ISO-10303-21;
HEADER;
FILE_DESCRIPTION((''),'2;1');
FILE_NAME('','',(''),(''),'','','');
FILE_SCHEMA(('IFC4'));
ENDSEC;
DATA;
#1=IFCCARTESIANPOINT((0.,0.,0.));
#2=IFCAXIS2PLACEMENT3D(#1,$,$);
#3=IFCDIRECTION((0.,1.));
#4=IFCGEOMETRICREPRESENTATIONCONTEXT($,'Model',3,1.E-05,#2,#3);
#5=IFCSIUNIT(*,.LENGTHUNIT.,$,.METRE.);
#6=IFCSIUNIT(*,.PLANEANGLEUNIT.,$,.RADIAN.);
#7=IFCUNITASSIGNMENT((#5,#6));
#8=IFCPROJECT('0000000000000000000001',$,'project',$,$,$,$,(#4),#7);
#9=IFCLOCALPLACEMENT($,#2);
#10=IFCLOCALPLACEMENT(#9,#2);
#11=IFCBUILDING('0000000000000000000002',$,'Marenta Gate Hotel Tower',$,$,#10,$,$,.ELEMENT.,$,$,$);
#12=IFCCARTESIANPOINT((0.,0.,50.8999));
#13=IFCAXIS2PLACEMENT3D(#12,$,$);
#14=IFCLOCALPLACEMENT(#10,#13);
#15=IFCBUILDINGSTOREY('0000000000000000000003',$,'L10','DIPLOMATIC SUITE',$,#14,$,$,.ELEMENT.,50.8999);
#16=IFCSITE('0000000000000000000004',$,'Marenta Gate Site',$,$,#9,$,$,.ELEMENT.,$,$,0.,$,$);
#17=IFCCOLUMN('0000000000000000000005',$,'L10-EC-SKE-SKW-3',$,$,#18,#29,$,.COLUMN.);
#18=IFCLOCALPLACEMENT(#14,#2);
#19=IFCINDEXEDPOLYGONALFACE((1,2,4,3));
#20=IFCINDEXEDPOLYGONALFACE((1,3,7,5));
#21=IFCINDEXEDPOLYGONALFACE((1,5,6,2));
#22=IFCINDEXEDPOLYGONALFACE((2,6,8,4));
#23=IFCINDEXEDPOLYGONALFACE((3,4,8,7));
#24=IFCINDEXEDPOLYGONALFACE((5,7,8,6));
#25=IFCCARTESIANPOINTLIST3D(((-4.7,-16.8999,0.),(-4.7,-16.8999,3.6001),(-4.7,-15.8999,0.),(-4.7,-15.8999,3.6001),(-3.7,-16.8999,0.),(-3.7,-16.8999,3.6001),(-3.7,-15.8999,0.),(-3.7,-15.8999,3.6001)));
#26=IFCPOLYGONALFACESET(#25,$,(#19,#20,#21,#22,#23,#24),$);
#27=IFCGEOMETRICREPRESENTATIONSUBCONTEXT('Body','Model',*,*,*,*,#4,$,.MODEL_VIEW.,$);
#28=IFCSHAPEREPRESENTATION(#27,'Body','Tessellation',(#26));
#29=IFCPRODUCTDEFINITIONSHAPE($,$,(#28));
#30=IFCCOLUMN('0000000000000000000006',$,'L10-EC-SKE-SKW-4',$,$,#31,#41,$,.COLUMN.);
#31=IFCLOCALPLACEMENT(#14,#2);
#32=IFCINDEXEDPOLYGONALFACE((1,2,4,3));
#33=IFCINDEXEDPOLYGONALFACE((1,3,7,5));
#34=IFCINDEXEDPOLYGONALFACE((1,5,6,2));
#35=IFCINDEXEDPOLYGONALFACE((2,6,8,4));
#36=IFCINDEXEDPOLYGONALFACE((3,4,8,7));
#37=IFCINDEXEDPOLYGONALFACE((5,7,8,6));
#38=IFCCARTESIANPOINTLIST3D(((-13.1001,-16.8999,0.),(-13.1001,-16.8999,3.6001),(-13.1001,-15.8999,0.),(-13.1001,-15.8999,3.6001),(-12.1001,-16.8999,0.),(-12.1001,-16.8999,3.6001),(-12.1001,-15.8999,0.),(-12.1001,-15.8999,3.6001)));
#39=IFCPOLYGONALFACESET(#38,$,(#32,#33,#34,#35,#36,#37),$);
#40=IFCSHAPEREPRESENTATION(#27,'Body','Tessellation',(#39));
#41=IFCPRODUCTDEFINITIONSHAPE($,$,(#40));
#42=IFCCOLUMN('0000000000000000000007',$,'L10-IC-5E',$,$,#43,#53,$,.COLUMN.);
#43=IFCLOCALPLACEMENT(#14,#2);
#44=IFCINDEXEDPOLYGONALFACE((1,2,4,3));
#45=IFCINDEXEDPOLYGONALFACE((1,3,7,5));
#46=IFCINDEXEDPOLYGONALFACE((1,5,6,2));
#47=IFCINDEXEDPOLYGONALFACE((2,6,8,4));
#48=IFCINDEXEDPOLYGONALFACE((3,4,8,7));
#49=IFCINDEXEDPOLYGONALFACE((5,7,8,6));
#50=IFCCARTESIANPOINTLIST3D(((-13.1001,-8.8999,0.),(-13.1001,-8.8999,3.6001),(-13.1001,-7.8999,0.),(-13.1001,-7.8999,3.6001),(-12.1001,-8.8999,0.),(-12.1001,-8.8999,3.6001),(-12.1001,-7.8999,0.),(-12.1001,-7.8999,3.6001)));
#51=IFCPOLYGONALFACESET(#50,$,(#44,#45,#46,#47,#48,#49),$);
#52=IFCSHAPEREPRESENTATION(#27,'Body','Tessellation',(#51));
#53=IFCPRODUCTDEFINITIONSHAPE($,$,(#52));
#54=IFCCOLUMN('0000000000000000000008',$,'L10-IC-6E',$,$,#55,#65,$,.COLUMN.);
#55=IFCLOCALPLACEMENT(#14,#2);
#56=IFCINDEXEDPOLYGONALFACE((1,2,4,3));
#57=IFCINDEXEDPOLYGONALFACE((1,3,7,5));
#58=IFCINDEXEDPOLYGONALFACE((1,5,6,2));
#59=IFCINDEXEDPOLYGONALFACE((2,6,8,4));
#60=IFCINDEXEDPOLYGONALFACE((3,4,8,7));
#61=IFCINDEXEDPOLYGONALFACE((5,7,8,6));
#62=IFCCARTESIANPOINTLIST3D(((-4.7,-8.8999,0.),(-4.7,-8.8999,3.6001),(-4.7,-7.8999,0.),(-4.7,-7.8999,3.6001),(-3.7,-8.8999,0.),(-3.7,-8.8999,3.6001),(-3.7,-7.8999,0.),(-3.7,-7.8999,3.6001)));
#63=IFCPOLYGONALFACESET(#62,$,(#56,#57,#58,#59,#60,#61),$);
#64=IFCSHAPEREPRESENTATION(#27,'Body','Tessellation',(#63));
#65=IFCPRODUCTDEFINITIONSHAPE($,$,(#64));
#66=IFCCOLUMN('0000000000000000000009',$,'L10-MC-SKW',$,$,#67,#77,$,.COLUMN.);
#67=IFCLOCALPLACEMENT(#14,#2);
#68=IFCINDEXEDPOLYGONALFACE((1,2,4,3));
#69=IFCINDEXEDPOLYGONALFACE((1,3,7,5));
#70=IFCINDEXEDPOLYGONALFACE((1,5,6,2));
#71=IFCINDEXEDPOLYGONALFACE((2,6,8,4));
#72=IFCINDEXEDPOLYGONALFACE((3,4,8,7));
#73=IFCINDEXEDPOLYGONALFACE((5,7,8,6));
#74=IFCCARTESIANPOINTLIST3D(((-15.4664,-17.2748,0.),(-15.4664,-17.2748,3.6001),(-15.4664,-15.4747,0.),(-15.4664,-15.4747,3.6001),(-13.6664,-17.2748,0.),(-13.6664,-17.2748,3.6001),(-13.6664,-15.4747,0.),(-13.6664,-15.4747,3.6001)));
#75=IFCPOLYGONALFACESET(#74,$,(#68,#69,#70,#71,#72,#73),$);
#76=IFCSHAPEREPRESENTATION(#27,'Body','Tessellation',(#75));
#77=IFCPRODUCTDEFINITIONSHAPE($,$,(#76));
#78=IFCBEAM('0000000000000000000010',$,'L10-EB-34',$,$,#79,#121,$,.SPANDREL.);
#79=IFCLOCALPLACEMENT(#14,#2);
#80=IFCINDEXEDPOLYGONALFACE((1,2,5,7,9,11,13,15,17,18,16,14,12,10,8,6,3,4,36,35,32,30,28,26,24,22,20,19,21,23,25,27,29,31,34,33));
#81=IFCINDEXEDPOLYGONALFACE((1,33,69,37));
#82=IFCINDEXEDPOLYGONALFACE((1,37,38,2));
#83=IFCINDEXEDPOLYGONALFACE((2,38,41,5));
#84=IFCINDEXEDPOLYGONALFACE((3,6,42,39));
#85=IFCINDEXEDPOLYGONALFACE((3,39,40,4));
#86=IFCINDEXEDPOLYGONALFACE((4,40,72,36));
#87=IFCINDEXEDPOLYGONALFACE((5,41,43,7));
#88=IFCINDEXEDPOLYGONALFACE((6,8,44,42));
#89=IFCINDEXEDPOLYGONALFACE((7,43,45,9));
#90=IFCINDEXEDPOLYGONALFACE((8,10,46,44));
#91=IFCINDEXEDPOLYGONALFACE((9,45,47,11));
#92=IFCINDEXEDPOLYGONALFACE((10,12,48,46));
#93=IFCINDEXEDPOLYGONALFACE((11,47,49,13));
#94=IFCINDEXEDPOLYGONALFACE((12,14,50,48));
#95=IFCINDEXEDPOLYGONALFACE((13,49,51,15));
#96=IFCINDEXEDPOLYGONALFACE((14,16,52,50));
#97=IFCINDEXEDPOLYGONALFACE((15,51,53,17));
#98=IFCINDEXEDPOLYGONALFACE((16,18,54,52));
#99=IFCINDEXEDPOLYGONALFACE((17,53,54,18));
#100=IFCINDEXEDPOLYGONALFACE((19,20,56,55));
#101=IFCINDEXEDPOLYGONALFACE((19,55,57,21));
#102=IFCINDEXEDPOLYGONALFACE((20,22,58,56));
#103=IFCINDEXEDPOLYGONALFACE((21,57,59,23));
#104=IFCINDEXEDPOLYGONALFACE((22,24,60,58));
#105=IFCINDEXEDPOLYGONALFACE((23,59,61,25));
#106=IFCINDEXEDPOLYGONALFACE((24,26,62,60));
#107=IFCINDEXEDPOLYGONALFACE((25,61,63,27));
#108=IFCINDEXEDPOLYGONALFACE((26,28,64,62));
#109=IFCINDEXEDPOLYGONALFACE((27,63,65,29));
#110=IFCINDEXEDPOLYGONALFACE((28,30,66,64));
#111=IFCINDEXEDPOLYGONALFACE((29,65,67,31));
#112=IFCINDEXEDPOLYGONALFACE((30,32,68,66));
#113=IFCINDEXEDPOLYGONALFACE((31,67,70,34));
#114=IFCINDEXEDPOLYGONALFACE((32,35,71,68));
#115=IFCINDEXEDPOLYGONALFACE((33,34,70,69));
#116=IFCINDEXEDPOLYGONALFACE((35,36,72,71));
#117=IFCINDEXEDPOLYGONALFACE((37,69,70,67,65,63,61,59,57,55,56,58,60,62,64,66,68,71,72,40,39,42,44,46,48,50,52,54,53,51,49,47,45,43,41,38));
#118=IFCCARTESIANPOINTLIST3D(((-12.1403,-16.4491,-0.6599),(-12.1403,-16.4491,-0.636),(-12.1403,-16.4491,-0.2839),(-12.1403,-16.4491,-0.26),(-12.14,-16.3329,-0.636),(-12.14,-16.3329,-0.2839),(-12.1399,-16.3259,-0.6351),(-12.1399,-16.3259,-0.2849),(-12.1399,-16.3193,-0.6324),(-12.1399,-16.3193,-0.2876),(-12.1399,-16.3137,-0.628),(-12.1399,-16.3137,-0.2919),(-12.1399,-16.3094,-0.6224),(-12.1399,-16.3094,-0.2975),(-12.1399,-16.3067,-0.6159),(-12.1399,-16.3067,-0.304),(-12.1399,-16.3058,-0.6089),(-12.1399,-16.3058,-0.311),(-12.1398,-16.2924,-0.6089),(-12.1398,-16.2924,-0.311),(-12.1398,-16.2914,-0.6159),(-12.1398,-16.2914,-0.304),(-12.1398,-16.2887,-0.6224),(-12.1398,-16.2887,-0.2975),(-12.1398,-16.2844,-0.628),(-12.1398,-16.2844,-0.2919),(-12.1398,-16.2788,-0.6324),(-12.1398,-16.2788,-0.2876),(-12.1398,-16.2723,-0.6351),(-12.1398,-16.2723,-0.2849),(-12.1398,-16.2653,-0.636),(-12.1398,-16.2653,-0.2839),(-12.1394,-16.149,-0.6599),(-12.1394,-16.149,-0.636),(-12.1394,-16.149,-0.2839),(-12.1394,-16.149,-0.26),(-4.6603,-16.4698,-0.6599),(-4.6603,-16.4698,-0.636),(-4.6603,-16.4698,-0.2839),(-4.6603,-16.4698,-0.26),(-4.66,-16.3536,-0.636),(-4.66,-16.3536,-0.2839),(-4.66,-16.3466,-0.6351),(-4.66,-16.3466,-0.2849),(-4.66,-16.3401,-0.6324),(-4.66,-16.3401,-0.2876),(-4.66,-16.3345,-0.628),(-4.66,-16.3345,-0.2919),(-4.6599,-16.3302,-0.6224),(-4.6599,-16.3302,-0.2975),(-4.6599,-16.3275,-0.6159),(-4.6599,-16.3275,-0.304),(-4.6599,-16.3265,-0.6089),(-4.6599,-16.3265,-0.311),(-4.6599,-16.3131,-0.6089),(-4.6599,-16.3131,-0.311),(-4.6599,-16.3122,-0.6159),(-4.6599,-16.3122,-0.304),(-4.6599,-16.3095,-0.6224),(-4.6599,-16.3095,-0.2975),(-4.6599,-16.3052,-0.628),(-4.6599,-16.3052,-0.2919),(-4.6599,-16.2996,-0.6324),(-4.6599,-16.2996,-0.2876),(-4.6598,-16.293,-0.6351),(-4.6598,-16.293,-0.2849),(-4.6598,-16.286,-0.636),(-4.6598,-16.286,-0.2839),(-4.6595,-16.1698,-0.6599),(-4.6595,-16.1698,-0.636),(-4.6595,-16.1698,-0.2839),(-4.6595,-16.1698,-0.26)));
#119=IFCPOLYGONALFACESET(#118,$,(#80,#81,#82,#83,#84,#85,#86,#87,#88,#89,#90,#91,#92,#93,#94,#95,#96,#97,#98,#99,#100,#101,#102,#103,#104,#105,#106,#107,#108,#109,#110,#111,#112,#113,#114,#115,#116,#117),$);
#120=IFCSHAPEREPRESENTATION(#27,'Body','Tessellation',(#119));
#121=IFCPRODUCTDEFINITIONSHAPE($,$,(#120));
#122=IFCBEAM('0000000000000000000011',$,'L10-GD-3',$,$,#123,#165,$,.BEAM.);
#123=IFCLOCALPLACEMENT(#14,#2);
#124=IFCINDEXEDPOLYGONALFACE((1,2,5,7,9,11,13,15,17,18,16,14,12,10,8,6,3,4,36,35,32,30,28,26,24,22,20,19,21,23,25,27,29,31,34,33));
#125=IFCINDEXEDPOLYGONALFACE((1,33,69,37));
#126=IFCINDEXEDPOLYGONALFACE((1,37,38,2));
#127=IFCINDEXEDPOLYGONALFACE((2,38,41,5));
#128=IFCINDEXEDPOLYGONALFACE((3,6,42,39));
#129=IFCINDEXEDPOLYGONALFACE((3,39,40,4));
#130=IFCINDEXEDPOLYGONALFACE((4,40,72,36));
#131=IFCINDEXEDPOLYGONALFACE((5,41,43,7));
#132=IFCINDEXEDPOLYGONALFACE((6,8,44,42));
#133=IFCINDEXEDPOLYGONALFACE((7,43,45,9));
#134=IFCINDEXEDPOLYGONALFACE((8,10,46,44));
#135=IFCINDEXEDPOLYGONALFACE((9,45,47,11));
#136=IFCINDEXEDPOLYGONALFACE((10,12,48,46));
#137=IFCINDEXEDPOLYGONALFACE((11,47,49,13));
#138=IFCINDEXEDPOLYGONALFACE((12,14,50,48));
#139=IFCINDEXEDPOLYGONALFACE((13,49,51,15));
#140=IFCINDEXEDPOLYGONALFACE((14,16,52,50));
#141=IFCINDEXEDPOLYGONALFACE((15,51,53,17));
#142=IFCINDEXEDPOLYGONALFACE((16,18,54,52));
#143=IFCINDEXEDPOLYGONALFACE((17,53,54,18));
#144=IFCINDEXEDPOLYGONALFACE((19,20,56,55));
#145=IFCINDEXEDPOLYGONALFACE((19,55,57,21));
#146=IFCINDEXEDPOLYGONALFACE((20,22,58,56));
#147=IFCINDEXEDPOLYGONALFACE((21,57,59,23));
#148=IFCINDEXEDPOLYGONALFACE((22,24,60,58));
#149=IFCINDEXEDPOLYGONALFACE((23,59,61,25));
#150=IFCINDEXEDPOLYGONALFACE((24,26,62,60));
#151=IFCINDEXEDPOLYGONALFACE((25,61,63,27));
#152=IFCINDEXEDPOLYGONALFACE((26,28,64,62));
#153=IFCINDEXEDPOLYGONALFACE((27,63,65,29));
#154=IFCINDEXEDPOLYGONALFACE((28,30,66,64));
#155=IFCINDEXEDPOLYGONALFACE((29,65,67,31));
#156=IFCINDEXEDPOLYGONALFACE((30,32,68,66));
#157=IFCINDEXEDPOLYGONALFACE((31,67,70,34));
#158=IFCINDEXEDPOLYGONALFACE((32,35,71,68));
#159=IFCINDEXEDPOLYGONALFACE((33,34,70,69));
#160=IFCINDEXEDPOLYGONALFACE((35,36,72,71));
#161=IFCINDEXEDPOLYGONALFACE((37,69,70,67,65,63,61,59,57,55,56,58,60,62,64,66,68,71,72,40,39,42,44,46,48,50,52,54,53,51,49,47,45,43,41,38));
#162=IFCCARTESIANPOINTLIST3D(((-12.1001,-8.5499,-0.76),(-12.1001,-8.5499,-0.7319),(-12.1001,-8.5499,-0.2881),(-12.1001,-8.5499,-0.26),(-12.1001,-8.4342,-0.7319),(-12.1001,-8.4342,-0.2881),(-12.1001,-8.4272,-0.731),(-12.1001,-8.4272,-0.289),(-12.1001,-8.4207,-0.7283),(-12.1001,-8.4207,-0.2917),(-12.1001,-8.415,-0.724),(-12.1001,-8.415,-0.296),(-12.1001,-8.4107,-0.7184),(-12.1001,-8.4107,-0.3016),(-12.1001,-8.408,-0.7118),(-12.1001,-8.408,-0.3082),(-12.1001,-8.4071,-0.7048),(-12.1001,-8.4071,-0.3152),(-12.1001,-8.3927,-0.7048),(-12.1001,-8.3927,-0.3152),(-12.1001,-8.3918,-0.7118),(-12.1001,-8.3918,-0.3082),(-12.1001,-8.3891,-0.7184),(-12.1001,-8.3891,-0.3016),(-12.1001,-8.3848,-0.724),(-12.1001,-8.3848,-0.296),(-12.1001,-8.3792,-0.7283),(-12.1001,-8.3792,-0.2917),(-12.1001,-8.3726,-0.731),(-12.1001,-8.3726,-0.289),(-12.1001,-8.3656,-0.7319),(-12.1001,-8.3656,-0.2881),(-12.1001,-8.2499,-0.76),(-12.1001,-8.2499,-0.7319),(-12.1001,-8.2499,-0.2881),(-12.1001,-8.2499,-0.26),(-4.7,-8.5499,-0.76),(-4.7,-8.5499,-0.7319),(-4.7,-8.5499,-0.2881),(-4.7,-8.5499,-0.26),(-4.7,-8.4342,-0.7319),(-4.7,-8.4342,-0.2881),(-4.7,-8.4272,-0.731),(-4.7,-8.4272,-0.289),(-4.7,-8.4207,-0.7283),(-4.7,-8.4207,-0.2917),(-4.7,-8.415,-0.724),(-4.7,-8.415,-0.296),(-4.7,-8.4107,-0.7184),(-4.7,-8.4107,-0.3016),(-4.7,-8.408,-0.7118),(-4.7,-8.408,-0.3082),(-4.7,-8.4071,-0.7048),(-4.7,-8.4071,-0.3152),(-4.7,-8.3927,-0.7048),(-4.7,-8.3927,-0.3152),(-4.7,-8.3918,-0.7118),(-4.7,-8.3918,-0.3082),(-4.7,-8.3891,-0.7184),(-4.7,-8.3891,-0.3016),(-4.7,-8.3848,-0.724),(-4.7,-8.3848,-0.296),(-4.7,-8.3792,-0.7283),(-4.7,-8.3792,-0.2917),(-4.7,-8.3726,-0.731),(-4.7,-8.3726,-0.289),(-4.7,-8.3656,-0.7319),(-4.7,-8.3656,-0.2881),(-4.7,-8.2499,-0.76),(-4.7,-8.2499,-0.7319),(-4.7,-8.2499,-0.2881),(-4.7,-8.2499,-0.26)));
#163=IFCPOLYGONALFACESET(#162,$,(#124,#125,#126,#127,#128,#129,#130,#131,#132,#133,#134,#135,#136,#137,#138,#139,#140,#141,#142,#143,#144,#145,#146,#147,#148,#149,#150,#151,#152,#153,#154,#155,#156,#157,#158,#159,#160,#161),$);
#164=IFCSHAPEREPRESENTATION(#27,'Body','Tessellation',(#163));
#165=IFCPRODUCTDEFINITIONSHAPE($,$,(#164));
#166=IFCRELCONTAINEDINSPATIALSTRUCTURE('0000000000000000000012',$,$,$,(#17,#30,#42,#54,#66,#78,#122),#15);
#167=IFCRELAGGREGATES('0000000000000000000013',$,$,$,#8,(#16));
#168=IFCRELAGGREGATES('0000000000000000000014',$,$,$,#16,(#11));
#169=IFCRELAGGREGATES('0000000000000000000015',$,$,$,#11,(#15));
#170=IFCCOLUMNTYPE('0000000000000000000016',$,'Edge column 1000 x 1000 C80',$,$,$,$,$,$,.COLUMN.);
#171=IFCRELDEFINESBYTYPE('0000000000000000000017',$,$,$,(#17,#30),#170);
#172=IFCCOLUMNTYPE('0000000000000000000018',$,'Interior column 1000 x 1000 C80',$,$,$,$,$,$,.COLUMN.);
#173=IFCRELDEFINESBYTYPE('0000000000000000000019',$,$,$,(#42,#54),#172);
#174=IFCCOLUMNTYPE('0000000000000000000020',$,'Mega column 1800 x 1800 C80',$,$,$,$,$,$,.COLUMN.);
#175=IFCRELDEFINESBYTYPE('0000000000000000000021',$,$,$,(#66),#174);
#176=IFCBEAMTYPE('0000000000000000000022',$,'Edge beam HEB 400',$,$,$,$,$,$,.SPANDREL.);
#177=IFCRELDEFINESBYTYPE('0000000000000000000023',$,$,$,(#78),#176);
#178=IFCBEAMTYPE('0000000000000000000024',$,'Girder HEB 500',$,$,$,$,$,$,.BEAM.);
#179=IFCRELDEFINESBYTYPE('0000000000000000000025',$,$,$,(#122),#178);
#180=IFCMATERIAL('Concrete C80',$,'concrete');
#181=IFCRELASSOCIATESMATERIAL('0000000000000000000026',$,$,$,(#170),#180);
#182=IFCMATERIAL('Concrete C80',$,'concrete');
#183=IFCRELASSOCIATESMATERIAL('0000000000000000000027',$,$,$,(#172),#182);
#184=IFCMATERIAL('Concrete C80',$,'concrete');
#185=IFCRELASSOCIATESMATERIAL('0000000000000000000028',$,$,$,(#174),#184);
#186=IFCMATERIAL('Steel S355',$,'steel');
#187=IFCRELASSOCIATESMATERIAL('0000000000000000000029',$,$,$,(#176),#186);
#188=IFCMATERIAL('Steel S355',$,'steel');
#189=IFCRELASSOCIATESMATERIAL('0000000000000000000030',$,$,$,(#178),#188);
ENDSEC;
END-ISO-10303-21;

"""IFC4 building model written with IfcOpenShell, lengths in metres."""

from ifc_helpers import new_model, si_unit, direction, frame, origin, origin_2d, place, context, subcontext, project, spatial, rectangle, i_section, extrude, material, material_profile, profile_set, type_object, element, save


model = new_model("IFC4")

# Units and contexts
model_context = context("Model", 3, precision=1e-05, world=origin(), true_north=direction((0.0, 1.0)))
body_context = subcontext(model_context, "Body", "Model", "MODEL_VIEW")
ifc_project = project(units=[si_unit("LENGTHUNIT", "METRE"), si_unit("PLANEANGLEUNIT", "RADIAN")], contexts=[model_context])

# Site, building, storey
site_placement = place(None, origin())
site = spatial("IfcSite", under=ifc_project, at=site_placement, Name="Marenta Gate Site", CompositionType="ELEMENT", RefElevation=0.0)
building_placement = place(site_placement, origin())
building = spatial("IfcBuilding", under=site, at=building_placement, Name="Marenta Gate Hotel Tower", CompositionType="ELEMENT")
storey_placement = place(building_placement, frame((0.0, 0.0, 50.8999)))
storey = spatial("IfcBuildingStorey", under=building, at=storey_placement, Name="L10", Description="DIPLOMATIC SUITE", CompositionType="ELEMENT", Elevation=50.8999)

# Columns
ifc_material_1 = material(Name="Concrete C80", Category="concrete")
ifc_material_profile_1 = material_profile(ifc_material_1, rectangle(XDim=1.0, YDim=1.0, at=origin_2d()), Name="1000 x 1000")
ifc_profile_set_1 = profile_set([ifc_material_profile_1], Name="Concrete C80")
column_type_1 = type_object("IfcColumnType", Name="Edge column 1000 x 1000 C80", PredefinedType="COLUMN", material=ifc_profile_set_1)
for number, where, z_axis, x_axis, name in (
    (1, (-4.2, -16.3999, 0.0), (0.0, 0.0, 1.0), (1.0, 0.0, 0.0), "L10-EC-SKE-SKW-3"),
    (2, (-12.6001, -16.3999, 0.0), (0.0, 0.0, 1.0), (1.0, 0.0, 0.0), "L10-EC-SKE-SKW-4"),
):
    element("IfcColumn", number, at=place(storey_placement, frame(where, z_axis=z_axis, x_axis=x_axis)), inside=storey, type_object=column_type_1, Name=name, PredefinedType="COLUMN", context=body_context, shape_type="SweptSolid", body=[
        extrude(rectangle(XDim=1.0, YDim=1.0, at=origin_2d()), origin(), (0.0, 0.0, 1.0), 3.6001),
    ])
ifc_material_2 = material(Name="Concrete C80", Category="concrete")
ifc_material_profile_2 = material_profile(ifc_material_2, rectangle(XDim=1.0, YDim=1.0, at=origin_2d()), Name="1000 x 1000")
ifc_profile_set_2 = profile_set([ifc_material_profile_2], Name="Concrete C80")
column_type_2 = type_object("IfcColumnType", Name="Interior column 1000 x 1000 C80", PredefinedType="COLUMN", material=ifc_profile_set_2)
for number, where, z_axis, x_axis, name in (
    (3, (-12.6001, -8.3999, 0.0), (0.0, 0.0, 1.0), (1.0, 0.0, 0.0), "L10-IC-5E"),
    (4, (-4.2, -8.3999, 0.0), (0.0, 0.0, 1.0), (1.0, 0.0, 0.0), "L10-IC-6E"),
):
    element("IfcColumn", number, at=place(storey_placement, frame(where, z_axis=z_axis, x_axis=x_axis)), inside=storey, type_object=column_type_2, Name=name, PredefinedType="COLUMN", context=body_context, shape_type="SweptSolid", body=[
        extrude(rectangle(XDim=1.0, YDim=1.0, at=origin_2d()), origin(), (0.0, 0.0, 1.0), 3.6001),
    ])
ifc_material_3 = material(Name="Concrete C80", Category="concrete")
ifc_material_profile_3 = material_profile(ifc_material_3, rectangle(XDim=1.8, YDim=1.8, at=origin_2d()), Name="1800 x 1800")
ifc_profile_set_3 = profile_set([ifc_material_profile_3], Name="Concrete C80")
column_type_3 = type_object("IfcColumnType", Name="Mega column 1800 x 1800 C80", PredefinedType="COLUMN", material=ifc_profile_set_3)
column_placement = place(storey_placement, frame((-14.5664, -16.3748, 0.0), z_axis=(0.0, 0.0, 1.0), x_axis=(1.0, 0.0, 0.0)))
element("IfcColumn", 5, at=column_placement, inside=storey, type_object=column_type_3, Name="L10-MC-SKW", PredefinedType="COLUMN", context=body_context, shape_type="SweptSolid", body=[
    extrude(rectangle(XDim=1.8, YDim=1.8, at=origin_2d()), origin(), (0.0, 0.0, 1.0), 3.6001),
])

# Beams
ifc_material_4 = material(Name="Steel S355", Category="steel")
ifc_material_profile_4 = material_profile(ifc_material_4, i_section(OverallWidth=0.3, OverallDepth=0.3999, WebThickness=0.0134, FlangeThickness=0.0239, FilletRadius=0.0271, at=origin_2d()), Name="HEB 400")
ifc_profile_set_4 = profile_set([ifc_material_profile_4], Name="Steel S355")
beam_type_1 = type_object("IfcBeamType", Name="Edge beam HEB 400", PredefinedType="SPANDREL", material=ifc_profile_set_4)
beam_1_placement = place(storey_placement, frame((-4.6599, -16.3198, -0.46), z_axis=(-0.999996, 0.002774, 0.0), x_axis=(-0.002774, -0.999996, 0.0)))
element("IfcBeam", 6, at=beam_1_placement, inside=storey, type_object=beam_type_1, Name="L10-EB-34", PredefinedType="SPANDREL", context=body_context, shape_type="SweptSolid", body=[
    extrude(i_section(OverallWidth=0.3, OverallDepth=0.3999, WebThickness=0.0134, FlangeThickness=0.0239, FilletRadius=0.0271, at=origin_2d()), origin(), (0.0, 0.0, 1.0), 7.48),
])
ifc_material_5 = material(Name="Steel S355", Category="steel")
ifc_material_profile_5 = material_profile(ifc_material_5, i_section(OverallWidth=0.3, OverallDepth=0.5, WebThickness=0.0144, FlangeThickness=0.0281, FilletRadius=0.0271, at=origin_2d()), Name="HEB 500")
ifc_profile_set_5 = profile_set([ifc_material_profile_5], Name="Steel S355")
beam_type_2 = type_object("IfcBeamType", Name="Girder HEB 500", PredefinedType="BEAM", material=ifc_profile_set_5)
beam_2_placement = place(storey_placement, frame((-12.1001, -8.3999, -0.51), z_axis=(1.0, 0.0, 0.0), x_axis=(0.0, 1.0, 0.0)))
element("IfcBeam", 7, at=beam_2_placement, inside=storey, type_object=beam_type_2, Name="L10-GD-3", PredefinedType="BEAM", context=body_context, shape_type="SweptSolid", body=[
    extrude(i_section(OverallWidth=0.3, OverallDepth=0.5, WebThickness=0.0144, FlangeThickness=0.0281, FilletRadius=0.0271, at=origin_2d()), origin(), (0.0, 0.0, 1.0), 7.4001),
])

save(model, "model.ifc")
